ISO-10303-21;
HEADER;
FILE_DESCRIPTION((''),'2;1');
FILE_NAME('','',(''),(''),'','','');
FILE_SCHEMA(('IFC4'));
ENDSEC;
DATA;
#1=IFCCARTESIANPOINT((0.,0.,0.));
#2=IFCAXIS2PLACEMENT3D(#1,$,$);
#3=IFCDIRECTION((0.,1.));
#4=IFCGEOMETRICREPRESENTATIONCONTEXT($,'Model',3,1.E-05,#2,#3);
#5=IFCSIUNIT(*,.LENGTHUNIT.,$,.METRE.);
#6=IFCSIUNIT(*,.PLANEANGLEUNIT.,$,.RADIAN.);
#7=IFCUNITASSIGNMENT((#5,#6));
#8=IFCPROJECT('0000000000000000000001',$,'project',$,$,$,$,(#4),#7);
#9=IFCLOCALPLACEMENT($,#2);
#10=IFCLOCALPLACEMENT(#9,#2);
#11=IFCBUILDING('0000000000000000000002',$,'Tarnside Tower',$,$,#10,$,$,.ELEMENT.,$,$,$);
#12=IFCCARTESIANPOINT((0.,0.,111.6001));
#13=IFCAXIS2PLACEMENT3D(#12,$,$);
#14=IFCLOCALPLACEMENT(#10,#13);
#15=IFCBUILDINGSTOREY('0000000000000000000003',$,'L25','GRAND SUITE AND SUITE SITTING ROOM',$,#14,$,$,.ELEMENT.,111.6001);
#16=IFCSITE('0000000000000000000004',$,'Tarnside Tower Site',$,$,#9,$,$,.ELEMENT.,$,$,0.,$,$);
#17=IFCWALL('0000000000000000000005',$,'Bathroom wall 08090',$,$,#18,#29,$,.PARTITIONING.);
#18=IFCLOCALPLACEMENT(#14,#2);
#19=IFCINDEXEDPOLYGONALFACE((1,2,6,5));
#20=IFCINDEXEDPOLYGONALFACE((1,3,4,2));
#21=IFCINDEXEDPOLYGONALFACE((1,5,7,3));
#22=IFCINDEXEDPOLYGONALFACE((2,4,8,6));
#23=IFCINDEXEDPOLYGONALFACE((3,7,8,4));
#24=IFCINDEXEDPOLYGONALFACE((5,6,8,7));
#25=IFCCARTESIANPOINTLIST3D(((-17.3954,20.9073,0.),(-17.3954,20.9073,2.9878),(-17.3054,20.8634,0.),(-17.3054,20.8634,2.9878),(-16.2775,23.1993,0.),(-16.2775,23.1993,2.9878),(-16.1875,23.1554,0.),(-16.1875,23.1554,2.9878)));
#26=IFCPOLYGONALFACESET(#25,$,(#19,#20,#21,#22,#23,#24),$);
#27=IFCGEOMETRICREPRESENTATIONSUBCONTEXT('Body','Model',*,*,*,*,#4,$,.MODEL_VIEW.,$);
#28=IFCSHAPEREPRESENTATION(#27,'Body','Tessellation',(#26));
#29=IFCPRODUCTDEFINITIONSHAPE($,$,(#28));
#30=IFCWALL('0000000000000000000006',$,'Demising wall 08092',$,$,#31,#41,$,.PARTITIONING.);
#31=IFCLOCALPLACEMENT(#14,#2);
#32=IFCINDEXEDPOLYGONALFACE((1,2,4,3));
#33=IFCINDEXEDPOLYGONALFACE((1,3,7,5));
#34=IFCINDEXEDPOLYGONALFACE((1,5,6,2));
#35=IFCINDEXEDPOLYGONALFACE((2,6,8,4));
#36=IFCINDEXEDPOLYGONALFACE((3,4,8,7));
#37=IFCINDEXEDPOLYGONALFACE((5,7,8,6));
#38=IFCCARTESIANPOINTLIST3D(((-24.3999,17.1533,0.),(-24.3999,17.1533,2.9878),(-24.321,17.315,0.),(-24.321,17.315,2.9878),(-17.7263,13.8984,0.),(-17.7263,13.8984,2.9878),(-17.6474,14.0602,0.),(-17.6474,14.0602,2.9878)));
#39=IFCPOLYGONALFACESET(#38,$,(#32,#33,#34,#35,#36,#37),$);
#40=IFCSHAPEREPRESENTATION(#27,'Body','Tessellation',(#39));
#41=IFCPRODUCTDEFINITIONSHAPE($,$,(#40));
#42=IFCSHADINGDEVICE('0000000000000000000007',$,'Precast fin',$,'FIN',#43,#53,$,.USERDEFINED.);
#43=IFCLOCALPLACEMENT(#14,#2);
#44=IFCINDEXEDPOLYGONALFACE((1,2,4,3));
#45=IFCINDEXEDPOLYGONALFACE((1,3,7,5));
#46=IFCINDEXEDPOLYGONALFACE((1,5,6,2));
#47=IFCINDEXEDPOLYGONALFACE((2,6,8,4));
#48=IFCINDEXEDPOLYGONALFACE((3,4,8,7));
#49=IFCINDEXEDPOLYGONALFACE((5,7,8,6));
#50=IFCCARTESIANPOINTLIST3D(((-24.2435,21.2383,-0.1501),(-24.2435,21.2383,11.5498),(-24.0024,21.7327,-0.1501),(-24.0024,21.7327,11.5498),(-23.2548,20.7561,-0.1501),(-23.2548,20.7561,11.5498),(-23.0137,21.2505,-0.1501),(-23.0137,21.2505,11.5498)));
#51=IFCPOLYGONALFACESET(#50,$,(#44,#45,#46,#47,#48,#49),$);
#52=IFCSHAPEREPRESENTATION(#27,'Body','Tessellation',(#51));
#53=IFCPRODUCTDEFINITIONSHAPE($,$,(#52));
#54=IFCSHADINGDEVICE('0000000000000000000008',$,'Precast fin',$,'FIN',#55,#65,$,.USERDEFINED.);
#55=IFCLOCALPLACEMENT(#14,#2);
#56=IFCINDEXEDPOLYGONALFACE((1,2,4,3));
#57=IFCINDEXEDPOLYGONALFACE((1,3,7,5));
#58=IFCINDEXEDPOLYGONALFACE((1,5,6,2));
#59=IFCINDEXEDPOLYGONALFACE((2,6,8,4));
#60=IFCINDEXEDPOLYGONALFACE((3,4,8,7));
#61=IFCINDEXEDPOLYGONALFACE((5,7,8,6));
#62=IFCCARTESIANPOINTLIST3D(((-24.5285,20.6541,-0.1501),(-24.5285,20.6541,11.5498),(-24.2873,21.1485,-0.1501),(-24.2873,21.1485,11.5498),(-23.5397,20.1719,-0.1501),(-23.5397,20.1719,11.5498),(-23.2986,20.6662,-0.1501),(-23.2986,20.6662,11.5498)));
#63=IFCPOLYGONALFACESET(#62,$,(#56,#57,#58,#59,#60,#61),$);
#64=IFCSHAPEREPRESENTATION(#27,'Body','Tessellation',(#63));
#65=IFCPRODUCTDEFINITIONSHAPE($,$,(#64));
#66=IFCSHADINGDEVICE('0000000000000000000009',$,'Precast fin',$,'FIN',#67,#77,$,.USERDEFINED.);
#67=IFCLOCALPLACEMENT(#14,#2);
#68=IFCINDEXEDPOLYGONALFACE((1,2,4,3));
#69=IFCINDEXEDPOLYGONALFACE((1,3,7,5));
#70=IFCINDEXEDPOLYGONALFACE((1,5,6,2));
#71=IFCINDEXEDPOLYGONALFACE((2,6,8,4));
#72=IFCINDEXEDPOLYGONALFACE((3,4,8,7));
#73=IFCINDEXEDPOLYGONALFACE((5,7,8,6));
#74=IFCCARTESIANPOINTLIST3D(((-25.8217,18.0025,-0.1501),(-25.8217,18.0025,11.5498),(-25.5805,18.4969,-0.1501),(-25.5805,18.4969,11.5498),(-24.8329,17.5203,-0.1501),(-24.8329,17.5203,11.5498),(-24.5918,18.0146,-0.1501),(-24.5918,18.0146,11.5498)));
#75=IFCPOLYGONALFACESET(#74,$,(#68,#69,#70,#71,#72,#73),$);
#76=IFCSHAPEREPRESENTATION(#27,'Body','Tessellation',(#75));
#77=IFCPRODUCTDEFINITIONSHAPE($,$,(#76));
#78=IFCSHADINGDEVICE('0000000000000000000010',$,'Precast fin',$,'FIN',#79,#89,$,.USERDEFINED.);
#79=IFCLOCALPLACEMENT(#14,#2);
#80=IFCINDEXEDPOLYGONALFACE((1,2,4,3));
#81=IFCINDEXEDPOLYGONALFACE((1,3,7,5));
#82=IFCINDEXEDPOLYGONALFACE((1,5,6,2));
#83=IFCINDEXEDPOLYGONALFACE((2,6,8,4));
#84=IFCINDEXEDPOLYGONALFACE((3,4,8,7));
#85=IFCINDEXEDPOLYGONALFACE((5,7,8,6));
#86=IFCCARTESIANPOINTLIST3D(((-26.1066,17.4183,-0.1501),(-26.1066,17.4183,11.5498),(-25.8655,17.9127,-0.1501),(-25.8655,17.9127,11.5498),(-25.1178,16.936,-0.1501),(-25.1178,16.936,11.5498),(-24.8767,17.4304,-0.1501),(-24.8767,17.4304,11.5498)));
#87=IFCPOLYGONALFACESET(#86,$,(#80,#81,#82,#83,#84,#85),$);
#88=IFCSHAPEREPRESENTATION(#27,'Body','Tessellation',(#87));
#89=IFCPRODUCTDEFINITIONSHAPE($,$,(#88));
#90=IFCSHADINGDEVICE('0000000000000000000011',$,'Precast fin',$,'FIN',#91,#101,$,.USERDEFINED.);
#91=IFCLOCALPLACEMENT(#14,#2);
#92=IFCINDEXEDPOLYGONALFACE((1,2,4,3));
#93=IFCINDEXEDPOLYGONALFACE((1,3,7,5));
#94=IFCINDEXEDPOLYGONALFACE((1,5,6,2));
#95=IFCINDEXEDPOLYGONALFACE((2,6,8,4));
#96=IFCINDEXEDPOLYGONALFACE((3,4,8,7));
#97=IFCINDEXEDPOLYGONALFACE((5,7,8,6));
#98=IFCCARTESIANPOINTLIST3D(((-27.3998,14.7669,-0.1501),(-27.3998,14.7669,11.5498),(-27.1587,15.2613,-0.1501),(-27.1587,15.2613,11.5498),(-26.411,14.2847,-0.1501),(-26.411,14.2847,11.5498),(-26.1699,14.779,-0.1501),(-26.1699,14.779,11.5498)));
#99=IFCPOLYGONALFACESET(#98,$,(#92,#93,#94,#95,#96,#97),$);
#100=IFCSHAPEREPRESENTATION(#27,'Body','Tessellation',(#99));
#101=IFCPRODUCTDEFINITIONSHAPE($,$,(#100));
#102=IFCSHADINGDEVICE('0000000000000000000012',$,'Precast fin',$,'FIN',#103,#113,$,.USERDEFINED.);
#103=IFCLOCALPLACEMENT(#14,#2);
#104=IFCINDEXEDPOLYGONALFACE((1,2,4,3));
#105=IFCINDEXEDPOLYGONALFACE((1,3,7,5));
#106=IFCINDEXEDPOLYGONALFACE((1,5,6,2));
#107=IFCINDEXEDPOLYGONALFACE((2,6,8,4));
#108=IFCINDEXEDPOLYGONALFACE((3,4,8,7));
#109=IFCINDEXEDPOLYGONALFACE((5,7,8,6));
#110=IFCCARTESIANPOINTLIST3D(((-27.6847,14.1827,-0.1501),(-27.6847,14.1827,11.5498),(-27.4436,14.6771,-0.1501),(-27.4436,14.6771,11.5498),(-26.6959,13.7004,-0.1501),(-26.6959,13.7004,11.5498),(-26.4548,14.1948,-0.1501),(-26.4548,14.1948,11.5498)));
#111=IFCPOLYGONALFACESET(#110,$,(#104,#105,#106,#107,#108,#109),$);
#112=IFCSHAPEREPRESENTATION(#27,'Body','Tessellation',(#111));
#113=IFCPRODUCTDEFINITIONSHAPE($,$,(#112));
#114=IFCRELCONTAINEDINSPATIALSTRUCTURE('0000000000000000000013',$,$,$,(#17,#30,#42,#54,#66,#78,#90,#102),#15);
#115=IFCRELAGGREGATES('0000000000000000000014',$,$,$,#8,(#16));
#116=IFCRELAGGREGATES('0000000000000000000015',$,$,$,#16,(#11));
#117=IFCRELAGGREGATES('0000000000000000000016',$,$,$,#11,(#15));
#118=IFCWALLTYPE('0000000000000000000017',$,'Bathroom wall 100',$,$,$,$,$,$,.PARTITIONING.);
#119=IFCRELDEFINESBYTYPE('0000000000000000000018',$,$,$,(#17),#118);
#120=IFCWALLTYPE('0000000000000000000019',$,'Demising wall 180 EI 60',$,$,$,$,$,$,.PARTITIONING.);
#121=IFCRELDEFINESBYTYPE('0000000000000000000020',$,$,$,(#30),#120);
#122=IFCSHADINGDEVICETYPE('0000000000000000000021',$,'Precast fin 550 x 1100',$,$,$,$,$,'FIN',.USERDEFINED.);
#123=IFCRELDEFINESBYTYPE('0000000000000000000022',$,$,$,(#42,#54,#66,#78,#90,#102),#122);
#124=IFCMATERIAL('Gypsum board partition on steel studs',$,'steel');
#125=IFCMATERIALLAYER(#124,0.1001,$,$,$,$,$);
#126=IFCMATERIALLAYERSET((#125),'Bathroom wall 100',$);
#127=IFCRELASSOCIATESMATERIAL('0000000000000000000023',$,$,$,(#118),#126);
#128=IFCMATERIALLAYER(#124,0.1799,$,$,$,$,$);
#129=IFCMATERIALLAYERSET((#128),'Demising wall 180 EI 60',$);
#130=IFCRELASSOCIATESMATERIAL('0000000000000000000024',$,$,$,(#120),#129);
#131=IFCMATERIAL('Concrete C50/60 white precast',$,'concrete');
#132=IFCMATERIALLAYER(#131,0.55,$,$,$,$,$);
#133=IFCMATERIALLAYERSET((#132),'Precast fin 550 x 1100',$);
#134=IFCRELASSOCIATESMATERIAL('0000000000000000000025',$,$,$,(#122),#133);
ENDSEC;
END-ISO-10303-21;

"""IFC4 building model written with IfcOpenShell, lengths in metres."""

from ifc_helpers import new_model, si_unit, direction, frame, frame_2d, origin, place, context, subcontext, project, spatial, polyline, rectangle, outline, extrude, material, layer, layer_set, type_object, element, save


model = new_model("IFC4")

# Units and contexts
model_context = context("Model", 3, precision=1e-05, world=origin(), true_north=direction((0.0, 1.0)))
body_context = subcontext(model_context, "Body", "Model", "MODEL_VIEW")
ifc_project = project(units=[si_unit("LENGTHUNIT", "METRE"), si_unit("PLANEANGLEUNIT", "RADIAN")], contexts=[model_context])

# Site, building, storey
site_placement = place(None, origin())
site = spatial("IfcSite", under=ifc_project, at=site_placement, Name="Tarnside Tower Site", CompositionType="ELEMENT", RefElevation=0.0)
building_placement = place(site_placement, origin())
building = spatial("IfcBuilding", under=site, at=building_placement, Name="Tarnside Tower", CompositionType="ELEMENT")
storey_placement = place(building_placement, frame((0.0, 0.0, 111.6001)))
storey = spatial("IfcBuildingStorey", under=building, at=storey_placement, Name="L25", Description="GRAND SUITE AND SUITE SITTING ROOM", CompositionType="ELEMENT", Elevation=111.6001)

# Walls
ifc_material_1 = material(Name="Gypsum board partition on steel studs", Category="steel")
ifc_layer_1 = layer(ifc_material_1, 0.1001)
ifc_layer_set_1 = layer_set([ifc_layer_1], Name="Bathroom wall 100")
wall_type_1 = type_object("IfcWallType", Name="Bathroom wall 100", PredefinedType="PARTITIONING", material=ifc_layer_set_1)
wall_1_placement = place(storey_placement, frame((-17.3503, 20.8855, 0.0), z_axis=(0.0, 0.0, 1.0), x_axis=(0.438384, 0.898788, 0.0)))
element("IfcWall", 1, at=wall_1_placement, inside=storey, type_object=wall_type_1, Name="Bathroom wall 08090", PredefinedType="PARTITIONING", context=body_context, shape_type="SweptSolid", body=[
    extrude(rectangle(XDim=2.55, YDim=0.1001, at=frame_2d((1.2749, 0.0))), origin(), (0.0, 0.0, 1.0), 2.9878),
])
ifc_layer_2 = layer(ifc_material_1, 0.1799)
ifc_layer_set_2 = layer_set([ifc_layer_2], Name="Demising wall 180 EI 60")
wall_type_2 = type_object("IfcWallType", Name="Demising wall 180 EI 60", PredefinedType="PARTITIONING", material=ifc_layer_set_2)
wall_2_placement = place(storey_placement, frame((-24.3604, 17.2341, 0.0), z_axis=(0.0, 0.0, 1.0), x_axis=(0.898796, -0.438367, 0.0)))
element("IfcWall", 2, at=wall_2_placement, inside=storey, type_object=wall_type_2, Name="Demising wall 08092", PredefinedType="PARTITIONING", context=body_context, shape_type="SweptSolid", body=[
    extrude(rectangle(XDim=7.425, YDim=0.1799, at=frame_2d((3.7124, 0.0))), origin(), (0.0, 0.0, 1.0), 2.9878),
])

# Shading devices
ifc_material_2 = material(Name="Concrete C50/60 white precast", Category="concrete")
ifc_layer_3 = layer(ifc_material_2, 0.55)
ifc_layer_set_3 = layer_set([ifc_layer_3], Name="Precast fin 550 x 1100")
shading_device_type = type_object("IfcShadingDeviceType", Name="Precast fin 550 x 1100", ElementType="FIN", PredefinedType="USERDEFINED", material=ifc_layer_set_3)
for number, where, z_axis, x_axis, name in (
    (3, (-23.1343, 21.0032, -0.1501), (0.438371, 0.898794, 0.0), (-0.898794, 0.438371, 0.0), "Precast fin"),
    (4, (-23.4192, 20.4189, -0.1501), (0.438371, 0.898794, 0.0), (-0.898794, 0.438371, 0.0), "Precast fin"),
    (5, (-24.7124, 17.7673, -0.1501), (0.438371, 0.898794, 0.0), (-0.898794, 0.438371, 0.0), "Precast fin"),
    (6, (-24.9973, 17.1831, -0.1501), (0.438371, 0.898794, 0.0), (-0.898794, 0.438371, 0.0), "Precast fin"),
    (7, (-26.2905, 14.5317, -0.1501), (0.438371, 0.898794, 0.0), (-0.898794, 0.438371, 0.0), "Precast fin"),
    (8, (-26.5754, 13.9475, -0.1501), (0.438371, 0.898794, 0.0), (-0.898794, 0.438371, 0.0), "Precast fin"),
):
    element("IfcShadingDevice", number, at=place(storey_placement, frame(where, z_axis=z_axis, x_axis=x_axis)), inside=storey, type_object=shading_device_type, Name=name, ObjectType="FIN", PredefinedType="USERDEFINED", context=body_context, shape_type="SweptSolid", body=[
        extrude(outline(polyline([(0.0, 0.0), (1.1001, 0.0), (1.1001, 11.7), (0.0, 11.7), (0.0, 0.0)])), frame((0.0, 0.0, -0.2749)), (0.0, 0.0, 1.0), 0.55),
    ])

save(model, "model.ifc")
